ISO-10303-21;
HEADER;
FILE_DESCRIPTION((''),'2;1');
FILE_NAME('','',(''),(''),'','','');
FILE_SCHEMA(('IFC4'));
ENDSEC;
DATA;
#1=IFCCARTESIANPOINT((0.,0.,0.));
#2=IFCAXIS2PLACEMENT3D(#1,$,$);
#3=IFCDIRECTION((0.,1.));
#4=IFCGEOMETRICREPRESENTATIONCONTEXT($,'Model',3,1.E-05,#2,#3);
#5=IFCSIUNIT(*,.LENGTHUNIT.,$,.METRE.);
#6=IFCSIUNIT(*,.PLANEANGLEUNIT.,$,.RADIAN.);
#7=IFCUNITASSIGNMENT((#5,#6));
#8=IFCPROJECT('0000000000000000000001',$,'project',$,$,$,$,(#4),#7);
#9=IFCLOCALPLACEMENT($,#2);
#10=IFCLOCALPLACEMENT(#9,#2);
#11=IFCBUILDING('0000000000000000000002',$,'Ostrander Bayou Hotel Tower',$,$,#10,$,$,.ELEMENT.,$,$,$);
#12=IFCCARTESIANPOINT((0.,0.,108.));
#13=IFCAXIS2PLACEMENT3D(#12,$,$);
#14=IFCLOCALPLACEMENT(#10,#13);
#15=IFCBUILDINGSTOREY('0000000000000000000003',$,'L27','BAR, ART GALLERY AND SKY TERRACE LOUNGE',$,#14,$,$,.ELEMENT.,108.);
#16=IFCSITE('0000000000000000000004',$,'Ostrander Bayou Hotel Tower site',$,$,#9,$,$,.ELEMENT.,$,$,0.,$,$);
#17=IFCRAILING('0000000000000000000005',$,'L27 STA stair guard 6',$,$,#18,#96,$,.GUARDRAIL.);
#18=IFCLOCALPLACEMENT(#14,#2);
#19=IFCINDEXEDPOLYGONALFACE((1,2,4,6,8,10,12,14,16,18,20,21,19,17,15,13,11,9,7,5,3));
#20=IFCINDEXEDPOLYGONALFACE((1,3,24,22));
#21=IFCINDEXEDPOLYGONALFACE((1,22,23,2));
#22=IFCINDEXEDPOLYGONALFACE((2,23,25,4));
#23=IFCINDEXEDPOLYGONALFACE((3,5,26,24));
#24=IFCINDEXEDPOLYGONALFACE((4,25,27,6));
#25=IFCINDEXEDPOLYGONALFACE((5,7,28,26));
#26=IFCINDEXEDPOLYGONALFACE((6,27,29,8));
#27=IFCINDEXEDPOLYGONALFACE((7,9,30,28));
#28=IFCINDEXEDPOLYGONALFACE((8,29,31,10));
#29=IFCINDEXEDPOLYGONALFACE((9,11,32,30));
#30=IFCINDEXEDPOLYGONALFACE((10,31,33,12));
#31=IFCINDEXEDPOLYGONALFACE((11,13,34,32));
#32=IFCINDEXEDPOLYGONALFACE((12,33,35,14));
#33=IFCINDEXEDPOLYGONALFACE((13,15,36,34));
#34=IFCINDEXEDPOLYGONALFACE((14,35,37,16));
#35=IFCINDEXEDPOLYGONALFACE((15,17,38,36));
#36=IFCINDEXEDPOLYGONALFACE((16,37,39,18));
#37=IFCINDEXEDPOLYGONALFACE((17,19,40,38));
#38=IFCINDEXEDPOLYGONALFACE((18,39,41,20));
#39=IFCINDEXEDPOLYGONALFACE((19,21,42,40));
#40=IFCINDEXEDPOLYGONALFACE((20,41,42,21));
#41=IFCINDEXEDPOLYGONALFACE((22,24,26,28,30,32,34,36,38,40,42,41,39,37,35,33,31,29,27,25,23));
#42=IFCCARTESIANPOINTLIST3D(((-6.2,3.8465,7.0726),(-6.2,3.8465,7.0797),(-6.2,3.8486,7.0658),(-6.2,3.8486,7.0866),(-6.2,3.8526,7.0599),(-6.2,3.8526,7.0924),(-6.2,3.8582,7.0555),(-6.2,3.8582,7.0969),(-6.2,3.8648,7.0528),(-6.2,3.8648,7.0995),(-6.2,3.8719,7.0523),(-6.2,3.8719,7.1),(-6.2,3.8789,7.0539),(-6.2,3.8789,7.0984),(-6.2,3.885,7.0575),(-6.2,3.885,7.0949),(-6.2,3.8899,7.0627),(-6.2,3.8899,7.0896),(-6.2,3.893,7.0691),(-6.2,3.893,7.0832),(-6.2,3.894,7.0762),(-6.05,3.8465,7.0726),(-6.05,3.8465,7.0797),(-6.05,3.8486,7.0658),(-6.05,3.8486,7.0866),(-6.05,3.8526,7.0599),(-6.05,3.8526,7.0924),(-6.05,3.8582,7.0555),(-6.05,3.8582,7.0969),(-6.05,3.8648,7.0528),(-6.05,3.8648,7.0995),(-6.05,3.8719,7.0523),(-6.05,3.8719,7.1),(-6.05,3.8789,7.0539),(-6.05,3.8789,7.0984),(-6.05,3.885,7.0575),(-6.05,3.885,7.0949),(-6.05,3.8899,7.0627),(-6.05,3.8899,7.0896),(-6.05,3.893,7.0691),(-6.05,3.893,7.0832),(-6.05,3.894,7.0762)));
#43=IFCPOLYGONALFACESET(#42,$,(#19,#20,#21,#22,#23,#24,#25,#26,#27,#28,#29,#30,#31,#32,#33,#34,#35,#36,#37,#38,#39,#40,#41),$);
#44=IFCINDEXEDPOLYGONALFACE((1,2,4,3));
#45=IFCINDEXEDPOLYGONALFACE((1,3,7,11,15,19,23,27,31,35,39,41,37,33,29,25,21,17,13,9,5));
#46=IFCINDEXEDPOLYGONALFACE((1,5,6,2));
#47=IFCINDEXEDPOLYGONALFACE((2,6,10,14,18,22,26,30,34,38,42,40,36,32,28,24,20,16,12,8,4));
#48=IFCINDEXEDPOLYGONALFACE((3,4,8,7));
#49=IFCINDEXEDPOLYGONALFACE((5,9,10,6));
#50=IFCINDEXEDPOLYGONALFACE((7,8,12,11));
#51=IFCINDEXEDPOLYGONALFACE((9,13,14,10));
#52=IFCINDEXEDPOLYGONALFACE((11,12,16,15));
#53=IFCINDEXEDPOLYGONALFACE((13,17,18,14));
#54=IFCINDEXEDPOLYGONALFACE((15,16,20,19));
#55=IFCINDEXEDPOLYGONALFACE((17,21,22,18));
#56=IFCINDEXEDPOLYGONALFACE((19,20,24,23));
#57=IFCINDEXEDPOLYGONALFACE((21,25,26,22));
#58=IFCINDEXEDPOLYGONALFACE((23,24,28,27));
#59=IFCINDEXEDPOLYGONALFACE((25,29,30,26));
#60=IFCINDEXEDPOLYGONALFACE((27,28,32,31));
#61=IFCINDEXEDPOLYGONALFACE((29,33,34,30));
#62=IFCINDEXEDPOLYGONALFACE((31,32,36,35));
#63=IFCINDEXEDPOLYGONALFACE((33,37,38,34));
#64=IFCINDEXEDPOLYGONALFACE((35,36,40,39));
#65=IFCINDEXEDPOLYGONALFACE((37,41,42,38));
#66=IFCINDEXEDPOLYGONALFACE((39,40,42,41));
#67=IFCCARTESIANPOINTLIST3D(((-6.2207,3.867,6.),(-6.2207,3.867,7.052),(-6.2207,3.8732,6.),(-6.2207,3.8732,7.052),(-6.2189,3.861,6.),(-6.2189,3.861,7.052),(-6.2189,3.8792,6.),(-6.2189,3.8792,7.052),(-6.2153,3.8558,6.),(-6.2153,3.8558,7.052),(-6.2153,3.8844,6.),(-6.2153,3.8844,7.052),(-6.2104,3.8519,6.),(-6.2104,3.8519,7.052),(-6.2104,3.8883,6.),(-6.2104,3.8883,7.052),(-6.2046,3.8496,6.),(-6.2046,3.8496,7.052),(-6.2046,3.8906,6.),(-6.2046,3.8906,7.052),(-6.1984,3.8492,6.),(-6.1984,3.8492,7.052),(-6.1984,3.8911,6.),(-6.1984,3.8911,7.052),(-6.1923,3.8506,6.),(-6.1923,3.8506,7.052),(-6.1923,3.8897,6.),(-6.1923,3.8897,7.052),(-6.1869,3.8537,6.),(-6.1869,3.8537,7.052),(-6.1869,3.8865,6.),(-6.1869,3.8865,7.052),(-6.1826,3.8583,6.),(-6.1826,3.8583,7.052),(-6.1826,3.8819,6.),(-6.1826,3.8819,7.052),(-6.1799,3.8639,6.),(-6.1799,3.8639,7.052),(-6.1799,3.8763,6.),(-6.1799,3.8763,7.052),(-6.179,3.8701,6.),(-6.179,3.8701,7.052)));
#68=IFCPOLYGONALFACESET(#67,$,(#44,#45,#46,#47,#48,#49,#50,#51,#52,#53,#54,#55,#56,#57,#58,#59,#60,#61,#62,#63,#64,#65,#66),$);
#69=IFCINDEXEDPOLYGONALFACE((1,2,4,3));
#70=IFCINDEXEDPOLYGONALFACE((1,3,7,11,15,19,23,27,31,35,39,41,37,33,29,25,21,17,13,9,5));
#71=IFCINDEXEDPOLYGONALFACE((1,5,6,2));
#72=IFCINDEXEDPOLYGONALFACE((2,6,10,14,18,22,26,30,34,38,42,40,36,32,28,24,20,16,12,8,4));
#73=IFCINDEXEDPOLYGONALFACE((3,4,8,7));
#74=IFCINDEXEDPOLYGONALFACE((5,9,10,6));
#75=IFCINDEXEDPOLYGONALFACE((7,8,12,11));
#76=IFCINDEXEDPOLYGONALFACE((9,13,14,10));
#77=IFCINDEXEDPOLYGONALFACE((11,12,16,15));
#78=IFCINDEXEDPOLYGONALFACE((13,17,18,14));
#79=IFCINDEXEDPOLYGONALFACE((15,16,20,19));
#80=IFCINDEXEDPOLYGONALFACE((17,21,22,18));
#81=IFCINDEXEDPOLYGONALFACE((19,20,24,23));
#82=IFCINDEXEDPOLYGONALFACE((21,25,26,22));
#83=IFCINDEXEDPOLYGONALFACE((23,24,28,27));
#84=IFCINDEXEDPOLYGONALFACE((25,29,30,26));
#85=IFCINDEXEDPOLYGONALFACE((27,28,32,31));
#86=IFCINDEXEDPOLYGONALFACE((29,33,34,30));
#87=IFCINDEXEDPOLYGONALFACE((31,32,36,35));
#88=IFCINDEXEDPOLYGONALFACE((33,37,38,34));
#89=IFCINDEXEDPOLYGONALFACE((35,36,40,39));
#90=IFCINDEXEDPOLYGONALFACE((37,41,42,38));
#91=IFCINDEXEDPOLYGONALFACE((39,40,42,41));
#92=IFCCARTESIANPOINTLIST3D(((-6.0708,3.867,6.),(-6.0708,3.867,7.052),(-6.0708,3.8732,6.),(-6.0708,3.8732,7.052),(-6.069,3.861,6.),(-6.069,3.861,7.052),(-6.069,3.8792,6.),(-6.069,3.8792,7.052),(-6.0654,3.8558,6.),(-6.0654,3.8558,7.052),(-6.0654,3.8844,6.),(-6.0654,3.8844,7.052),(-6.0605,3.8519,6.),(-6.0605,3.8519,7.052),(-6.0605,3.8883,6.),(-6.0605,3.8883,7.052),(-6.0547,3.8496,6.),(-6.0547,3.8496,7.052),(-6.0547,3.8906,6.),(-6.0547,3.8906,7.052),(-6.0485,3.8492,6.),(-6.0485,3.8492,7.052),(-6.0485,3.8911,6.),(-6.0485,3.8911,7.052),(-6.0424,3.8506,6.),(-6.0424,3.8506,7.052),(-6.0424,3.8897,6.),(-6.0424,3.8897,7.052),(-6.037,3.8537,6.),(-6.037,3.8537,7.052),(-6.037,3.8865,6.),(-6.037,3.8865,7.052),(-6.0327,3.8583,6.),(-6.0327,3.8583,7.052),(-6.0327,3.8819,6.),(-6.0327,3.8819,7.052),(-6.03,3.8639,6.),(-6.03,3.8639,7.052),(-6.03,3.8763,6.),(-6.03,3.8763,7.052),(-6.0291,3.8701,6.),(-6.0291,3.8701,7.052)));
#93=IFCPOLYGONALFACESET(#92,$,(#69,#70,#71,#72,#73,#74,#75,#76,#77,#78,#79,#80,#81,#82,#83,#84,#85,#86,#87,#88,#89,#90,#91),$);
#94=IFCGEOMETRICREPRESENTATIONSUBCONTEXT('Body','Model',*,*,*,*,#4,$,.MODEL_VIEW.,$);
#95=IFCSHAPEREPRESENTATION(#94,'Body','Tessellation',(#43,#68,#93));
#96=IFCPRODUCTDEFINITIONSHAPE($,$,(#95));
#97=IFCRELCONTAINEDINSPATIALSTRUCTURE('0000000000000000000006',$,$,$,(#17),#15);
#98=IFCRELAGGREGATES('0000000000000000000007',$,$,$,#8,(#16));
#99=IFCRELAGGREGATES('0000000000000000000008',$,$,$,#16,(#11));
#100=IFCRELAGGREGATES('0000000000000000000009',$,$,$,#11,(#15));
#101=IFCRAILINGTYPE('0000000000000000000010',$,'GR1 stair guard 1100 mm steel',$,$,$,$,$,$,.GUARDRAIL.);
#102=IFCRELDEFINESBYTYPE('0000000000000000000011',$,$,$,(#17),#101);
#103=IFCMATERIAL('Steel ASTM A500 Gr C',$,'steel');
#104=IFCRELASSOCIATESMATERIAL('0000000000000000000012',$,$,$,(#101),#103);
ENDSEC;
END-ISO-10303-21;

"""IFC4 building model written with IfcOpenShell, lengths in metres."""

from ifc_helpers import new_model, si_unit, direction, frame, origin, origin_2d, place, context, subcontext, project, spatial, circle, extrude, material, type_object, element, save


model = new_model("IFC4")

# Units and contexts
model_context = context("Model", 3, precision=1e-05, world=origin(), true_north=direction((0.0, 1.0)))
body_context = subcontext(model_context, "Body", "Model", "MODEL_VIEW")
ifc_project = project(units=[si_unit("LENGTHUNIT", "METRE"), si_unit("PLANEANGLEUNIT", "RADIAN")], contexts=[model_context])

# Site, building, storey
site_placement = place(None, origin())
site = spatial("IfcSite", under=ifc_project, at=site_placement, Name="Ostrander Bayou Hotel Tower site", CompositionType="ELEMENT", RefElevation=0.0)
building_placement = place(site_placement, origin())
building = spatial("IfcBuilding", under=site, at=building_placement, Name="Ostrander Bayou Hotel Tower", CompositionType="ELEMENT")
storey_placement = place(building_placement, frame((0.0, 0.0, 108.0)))
storey = spatial("IfcBuildingStorey", under=building, at=storey_placement, Name="L27", Description="BAR, ART GALLERY AND SKY TERRACE LOUNGE", CompositionType="ELEMENT", Elevation=108.0)

# Railing
ifc_material_1 = material(Name="Steel ASTM A500 Gr C", Category="steel")
railing_type_1 = type_object("IfcRailingType", Name="GR1 stair guard 1100 mm steel", PredefinedType="GUARDRAIL", material=ifc_material_1)
railing_1_placement = place(storey_placement, frame((-6.2, 3.8701, 6.0)))
element("IfcRailing", 1, at=railing_1_placement, inside=storey, type_object=railing_type_1, Name="L27 STA stair guard 6", PredefinedType="GUARDRAIL", context=body_context, shape_type="SweptSolid", body=[
    extrude(circle(Radius=0.0239, at=origin_2d()), frame((0.0, 0.0, 1.0762), z_axis=(1.0, 0.0, 0.0), x_axis=(0.0, 1.0, 0.0)), (0.0, 0.0, 1.0), 0.1499),
    extrude(circle(Radius=0.021, at=origin_2d()), origin(), (0.0, 0.0, 1.0), 1.052),
    extrude(circle(Radius=0.021, at=origin_2d()), frame((0.1499, 0.0, 0.0)), (0.0, 0.0, 1.0), 1.052),
])

save(model, "model.ifc")
